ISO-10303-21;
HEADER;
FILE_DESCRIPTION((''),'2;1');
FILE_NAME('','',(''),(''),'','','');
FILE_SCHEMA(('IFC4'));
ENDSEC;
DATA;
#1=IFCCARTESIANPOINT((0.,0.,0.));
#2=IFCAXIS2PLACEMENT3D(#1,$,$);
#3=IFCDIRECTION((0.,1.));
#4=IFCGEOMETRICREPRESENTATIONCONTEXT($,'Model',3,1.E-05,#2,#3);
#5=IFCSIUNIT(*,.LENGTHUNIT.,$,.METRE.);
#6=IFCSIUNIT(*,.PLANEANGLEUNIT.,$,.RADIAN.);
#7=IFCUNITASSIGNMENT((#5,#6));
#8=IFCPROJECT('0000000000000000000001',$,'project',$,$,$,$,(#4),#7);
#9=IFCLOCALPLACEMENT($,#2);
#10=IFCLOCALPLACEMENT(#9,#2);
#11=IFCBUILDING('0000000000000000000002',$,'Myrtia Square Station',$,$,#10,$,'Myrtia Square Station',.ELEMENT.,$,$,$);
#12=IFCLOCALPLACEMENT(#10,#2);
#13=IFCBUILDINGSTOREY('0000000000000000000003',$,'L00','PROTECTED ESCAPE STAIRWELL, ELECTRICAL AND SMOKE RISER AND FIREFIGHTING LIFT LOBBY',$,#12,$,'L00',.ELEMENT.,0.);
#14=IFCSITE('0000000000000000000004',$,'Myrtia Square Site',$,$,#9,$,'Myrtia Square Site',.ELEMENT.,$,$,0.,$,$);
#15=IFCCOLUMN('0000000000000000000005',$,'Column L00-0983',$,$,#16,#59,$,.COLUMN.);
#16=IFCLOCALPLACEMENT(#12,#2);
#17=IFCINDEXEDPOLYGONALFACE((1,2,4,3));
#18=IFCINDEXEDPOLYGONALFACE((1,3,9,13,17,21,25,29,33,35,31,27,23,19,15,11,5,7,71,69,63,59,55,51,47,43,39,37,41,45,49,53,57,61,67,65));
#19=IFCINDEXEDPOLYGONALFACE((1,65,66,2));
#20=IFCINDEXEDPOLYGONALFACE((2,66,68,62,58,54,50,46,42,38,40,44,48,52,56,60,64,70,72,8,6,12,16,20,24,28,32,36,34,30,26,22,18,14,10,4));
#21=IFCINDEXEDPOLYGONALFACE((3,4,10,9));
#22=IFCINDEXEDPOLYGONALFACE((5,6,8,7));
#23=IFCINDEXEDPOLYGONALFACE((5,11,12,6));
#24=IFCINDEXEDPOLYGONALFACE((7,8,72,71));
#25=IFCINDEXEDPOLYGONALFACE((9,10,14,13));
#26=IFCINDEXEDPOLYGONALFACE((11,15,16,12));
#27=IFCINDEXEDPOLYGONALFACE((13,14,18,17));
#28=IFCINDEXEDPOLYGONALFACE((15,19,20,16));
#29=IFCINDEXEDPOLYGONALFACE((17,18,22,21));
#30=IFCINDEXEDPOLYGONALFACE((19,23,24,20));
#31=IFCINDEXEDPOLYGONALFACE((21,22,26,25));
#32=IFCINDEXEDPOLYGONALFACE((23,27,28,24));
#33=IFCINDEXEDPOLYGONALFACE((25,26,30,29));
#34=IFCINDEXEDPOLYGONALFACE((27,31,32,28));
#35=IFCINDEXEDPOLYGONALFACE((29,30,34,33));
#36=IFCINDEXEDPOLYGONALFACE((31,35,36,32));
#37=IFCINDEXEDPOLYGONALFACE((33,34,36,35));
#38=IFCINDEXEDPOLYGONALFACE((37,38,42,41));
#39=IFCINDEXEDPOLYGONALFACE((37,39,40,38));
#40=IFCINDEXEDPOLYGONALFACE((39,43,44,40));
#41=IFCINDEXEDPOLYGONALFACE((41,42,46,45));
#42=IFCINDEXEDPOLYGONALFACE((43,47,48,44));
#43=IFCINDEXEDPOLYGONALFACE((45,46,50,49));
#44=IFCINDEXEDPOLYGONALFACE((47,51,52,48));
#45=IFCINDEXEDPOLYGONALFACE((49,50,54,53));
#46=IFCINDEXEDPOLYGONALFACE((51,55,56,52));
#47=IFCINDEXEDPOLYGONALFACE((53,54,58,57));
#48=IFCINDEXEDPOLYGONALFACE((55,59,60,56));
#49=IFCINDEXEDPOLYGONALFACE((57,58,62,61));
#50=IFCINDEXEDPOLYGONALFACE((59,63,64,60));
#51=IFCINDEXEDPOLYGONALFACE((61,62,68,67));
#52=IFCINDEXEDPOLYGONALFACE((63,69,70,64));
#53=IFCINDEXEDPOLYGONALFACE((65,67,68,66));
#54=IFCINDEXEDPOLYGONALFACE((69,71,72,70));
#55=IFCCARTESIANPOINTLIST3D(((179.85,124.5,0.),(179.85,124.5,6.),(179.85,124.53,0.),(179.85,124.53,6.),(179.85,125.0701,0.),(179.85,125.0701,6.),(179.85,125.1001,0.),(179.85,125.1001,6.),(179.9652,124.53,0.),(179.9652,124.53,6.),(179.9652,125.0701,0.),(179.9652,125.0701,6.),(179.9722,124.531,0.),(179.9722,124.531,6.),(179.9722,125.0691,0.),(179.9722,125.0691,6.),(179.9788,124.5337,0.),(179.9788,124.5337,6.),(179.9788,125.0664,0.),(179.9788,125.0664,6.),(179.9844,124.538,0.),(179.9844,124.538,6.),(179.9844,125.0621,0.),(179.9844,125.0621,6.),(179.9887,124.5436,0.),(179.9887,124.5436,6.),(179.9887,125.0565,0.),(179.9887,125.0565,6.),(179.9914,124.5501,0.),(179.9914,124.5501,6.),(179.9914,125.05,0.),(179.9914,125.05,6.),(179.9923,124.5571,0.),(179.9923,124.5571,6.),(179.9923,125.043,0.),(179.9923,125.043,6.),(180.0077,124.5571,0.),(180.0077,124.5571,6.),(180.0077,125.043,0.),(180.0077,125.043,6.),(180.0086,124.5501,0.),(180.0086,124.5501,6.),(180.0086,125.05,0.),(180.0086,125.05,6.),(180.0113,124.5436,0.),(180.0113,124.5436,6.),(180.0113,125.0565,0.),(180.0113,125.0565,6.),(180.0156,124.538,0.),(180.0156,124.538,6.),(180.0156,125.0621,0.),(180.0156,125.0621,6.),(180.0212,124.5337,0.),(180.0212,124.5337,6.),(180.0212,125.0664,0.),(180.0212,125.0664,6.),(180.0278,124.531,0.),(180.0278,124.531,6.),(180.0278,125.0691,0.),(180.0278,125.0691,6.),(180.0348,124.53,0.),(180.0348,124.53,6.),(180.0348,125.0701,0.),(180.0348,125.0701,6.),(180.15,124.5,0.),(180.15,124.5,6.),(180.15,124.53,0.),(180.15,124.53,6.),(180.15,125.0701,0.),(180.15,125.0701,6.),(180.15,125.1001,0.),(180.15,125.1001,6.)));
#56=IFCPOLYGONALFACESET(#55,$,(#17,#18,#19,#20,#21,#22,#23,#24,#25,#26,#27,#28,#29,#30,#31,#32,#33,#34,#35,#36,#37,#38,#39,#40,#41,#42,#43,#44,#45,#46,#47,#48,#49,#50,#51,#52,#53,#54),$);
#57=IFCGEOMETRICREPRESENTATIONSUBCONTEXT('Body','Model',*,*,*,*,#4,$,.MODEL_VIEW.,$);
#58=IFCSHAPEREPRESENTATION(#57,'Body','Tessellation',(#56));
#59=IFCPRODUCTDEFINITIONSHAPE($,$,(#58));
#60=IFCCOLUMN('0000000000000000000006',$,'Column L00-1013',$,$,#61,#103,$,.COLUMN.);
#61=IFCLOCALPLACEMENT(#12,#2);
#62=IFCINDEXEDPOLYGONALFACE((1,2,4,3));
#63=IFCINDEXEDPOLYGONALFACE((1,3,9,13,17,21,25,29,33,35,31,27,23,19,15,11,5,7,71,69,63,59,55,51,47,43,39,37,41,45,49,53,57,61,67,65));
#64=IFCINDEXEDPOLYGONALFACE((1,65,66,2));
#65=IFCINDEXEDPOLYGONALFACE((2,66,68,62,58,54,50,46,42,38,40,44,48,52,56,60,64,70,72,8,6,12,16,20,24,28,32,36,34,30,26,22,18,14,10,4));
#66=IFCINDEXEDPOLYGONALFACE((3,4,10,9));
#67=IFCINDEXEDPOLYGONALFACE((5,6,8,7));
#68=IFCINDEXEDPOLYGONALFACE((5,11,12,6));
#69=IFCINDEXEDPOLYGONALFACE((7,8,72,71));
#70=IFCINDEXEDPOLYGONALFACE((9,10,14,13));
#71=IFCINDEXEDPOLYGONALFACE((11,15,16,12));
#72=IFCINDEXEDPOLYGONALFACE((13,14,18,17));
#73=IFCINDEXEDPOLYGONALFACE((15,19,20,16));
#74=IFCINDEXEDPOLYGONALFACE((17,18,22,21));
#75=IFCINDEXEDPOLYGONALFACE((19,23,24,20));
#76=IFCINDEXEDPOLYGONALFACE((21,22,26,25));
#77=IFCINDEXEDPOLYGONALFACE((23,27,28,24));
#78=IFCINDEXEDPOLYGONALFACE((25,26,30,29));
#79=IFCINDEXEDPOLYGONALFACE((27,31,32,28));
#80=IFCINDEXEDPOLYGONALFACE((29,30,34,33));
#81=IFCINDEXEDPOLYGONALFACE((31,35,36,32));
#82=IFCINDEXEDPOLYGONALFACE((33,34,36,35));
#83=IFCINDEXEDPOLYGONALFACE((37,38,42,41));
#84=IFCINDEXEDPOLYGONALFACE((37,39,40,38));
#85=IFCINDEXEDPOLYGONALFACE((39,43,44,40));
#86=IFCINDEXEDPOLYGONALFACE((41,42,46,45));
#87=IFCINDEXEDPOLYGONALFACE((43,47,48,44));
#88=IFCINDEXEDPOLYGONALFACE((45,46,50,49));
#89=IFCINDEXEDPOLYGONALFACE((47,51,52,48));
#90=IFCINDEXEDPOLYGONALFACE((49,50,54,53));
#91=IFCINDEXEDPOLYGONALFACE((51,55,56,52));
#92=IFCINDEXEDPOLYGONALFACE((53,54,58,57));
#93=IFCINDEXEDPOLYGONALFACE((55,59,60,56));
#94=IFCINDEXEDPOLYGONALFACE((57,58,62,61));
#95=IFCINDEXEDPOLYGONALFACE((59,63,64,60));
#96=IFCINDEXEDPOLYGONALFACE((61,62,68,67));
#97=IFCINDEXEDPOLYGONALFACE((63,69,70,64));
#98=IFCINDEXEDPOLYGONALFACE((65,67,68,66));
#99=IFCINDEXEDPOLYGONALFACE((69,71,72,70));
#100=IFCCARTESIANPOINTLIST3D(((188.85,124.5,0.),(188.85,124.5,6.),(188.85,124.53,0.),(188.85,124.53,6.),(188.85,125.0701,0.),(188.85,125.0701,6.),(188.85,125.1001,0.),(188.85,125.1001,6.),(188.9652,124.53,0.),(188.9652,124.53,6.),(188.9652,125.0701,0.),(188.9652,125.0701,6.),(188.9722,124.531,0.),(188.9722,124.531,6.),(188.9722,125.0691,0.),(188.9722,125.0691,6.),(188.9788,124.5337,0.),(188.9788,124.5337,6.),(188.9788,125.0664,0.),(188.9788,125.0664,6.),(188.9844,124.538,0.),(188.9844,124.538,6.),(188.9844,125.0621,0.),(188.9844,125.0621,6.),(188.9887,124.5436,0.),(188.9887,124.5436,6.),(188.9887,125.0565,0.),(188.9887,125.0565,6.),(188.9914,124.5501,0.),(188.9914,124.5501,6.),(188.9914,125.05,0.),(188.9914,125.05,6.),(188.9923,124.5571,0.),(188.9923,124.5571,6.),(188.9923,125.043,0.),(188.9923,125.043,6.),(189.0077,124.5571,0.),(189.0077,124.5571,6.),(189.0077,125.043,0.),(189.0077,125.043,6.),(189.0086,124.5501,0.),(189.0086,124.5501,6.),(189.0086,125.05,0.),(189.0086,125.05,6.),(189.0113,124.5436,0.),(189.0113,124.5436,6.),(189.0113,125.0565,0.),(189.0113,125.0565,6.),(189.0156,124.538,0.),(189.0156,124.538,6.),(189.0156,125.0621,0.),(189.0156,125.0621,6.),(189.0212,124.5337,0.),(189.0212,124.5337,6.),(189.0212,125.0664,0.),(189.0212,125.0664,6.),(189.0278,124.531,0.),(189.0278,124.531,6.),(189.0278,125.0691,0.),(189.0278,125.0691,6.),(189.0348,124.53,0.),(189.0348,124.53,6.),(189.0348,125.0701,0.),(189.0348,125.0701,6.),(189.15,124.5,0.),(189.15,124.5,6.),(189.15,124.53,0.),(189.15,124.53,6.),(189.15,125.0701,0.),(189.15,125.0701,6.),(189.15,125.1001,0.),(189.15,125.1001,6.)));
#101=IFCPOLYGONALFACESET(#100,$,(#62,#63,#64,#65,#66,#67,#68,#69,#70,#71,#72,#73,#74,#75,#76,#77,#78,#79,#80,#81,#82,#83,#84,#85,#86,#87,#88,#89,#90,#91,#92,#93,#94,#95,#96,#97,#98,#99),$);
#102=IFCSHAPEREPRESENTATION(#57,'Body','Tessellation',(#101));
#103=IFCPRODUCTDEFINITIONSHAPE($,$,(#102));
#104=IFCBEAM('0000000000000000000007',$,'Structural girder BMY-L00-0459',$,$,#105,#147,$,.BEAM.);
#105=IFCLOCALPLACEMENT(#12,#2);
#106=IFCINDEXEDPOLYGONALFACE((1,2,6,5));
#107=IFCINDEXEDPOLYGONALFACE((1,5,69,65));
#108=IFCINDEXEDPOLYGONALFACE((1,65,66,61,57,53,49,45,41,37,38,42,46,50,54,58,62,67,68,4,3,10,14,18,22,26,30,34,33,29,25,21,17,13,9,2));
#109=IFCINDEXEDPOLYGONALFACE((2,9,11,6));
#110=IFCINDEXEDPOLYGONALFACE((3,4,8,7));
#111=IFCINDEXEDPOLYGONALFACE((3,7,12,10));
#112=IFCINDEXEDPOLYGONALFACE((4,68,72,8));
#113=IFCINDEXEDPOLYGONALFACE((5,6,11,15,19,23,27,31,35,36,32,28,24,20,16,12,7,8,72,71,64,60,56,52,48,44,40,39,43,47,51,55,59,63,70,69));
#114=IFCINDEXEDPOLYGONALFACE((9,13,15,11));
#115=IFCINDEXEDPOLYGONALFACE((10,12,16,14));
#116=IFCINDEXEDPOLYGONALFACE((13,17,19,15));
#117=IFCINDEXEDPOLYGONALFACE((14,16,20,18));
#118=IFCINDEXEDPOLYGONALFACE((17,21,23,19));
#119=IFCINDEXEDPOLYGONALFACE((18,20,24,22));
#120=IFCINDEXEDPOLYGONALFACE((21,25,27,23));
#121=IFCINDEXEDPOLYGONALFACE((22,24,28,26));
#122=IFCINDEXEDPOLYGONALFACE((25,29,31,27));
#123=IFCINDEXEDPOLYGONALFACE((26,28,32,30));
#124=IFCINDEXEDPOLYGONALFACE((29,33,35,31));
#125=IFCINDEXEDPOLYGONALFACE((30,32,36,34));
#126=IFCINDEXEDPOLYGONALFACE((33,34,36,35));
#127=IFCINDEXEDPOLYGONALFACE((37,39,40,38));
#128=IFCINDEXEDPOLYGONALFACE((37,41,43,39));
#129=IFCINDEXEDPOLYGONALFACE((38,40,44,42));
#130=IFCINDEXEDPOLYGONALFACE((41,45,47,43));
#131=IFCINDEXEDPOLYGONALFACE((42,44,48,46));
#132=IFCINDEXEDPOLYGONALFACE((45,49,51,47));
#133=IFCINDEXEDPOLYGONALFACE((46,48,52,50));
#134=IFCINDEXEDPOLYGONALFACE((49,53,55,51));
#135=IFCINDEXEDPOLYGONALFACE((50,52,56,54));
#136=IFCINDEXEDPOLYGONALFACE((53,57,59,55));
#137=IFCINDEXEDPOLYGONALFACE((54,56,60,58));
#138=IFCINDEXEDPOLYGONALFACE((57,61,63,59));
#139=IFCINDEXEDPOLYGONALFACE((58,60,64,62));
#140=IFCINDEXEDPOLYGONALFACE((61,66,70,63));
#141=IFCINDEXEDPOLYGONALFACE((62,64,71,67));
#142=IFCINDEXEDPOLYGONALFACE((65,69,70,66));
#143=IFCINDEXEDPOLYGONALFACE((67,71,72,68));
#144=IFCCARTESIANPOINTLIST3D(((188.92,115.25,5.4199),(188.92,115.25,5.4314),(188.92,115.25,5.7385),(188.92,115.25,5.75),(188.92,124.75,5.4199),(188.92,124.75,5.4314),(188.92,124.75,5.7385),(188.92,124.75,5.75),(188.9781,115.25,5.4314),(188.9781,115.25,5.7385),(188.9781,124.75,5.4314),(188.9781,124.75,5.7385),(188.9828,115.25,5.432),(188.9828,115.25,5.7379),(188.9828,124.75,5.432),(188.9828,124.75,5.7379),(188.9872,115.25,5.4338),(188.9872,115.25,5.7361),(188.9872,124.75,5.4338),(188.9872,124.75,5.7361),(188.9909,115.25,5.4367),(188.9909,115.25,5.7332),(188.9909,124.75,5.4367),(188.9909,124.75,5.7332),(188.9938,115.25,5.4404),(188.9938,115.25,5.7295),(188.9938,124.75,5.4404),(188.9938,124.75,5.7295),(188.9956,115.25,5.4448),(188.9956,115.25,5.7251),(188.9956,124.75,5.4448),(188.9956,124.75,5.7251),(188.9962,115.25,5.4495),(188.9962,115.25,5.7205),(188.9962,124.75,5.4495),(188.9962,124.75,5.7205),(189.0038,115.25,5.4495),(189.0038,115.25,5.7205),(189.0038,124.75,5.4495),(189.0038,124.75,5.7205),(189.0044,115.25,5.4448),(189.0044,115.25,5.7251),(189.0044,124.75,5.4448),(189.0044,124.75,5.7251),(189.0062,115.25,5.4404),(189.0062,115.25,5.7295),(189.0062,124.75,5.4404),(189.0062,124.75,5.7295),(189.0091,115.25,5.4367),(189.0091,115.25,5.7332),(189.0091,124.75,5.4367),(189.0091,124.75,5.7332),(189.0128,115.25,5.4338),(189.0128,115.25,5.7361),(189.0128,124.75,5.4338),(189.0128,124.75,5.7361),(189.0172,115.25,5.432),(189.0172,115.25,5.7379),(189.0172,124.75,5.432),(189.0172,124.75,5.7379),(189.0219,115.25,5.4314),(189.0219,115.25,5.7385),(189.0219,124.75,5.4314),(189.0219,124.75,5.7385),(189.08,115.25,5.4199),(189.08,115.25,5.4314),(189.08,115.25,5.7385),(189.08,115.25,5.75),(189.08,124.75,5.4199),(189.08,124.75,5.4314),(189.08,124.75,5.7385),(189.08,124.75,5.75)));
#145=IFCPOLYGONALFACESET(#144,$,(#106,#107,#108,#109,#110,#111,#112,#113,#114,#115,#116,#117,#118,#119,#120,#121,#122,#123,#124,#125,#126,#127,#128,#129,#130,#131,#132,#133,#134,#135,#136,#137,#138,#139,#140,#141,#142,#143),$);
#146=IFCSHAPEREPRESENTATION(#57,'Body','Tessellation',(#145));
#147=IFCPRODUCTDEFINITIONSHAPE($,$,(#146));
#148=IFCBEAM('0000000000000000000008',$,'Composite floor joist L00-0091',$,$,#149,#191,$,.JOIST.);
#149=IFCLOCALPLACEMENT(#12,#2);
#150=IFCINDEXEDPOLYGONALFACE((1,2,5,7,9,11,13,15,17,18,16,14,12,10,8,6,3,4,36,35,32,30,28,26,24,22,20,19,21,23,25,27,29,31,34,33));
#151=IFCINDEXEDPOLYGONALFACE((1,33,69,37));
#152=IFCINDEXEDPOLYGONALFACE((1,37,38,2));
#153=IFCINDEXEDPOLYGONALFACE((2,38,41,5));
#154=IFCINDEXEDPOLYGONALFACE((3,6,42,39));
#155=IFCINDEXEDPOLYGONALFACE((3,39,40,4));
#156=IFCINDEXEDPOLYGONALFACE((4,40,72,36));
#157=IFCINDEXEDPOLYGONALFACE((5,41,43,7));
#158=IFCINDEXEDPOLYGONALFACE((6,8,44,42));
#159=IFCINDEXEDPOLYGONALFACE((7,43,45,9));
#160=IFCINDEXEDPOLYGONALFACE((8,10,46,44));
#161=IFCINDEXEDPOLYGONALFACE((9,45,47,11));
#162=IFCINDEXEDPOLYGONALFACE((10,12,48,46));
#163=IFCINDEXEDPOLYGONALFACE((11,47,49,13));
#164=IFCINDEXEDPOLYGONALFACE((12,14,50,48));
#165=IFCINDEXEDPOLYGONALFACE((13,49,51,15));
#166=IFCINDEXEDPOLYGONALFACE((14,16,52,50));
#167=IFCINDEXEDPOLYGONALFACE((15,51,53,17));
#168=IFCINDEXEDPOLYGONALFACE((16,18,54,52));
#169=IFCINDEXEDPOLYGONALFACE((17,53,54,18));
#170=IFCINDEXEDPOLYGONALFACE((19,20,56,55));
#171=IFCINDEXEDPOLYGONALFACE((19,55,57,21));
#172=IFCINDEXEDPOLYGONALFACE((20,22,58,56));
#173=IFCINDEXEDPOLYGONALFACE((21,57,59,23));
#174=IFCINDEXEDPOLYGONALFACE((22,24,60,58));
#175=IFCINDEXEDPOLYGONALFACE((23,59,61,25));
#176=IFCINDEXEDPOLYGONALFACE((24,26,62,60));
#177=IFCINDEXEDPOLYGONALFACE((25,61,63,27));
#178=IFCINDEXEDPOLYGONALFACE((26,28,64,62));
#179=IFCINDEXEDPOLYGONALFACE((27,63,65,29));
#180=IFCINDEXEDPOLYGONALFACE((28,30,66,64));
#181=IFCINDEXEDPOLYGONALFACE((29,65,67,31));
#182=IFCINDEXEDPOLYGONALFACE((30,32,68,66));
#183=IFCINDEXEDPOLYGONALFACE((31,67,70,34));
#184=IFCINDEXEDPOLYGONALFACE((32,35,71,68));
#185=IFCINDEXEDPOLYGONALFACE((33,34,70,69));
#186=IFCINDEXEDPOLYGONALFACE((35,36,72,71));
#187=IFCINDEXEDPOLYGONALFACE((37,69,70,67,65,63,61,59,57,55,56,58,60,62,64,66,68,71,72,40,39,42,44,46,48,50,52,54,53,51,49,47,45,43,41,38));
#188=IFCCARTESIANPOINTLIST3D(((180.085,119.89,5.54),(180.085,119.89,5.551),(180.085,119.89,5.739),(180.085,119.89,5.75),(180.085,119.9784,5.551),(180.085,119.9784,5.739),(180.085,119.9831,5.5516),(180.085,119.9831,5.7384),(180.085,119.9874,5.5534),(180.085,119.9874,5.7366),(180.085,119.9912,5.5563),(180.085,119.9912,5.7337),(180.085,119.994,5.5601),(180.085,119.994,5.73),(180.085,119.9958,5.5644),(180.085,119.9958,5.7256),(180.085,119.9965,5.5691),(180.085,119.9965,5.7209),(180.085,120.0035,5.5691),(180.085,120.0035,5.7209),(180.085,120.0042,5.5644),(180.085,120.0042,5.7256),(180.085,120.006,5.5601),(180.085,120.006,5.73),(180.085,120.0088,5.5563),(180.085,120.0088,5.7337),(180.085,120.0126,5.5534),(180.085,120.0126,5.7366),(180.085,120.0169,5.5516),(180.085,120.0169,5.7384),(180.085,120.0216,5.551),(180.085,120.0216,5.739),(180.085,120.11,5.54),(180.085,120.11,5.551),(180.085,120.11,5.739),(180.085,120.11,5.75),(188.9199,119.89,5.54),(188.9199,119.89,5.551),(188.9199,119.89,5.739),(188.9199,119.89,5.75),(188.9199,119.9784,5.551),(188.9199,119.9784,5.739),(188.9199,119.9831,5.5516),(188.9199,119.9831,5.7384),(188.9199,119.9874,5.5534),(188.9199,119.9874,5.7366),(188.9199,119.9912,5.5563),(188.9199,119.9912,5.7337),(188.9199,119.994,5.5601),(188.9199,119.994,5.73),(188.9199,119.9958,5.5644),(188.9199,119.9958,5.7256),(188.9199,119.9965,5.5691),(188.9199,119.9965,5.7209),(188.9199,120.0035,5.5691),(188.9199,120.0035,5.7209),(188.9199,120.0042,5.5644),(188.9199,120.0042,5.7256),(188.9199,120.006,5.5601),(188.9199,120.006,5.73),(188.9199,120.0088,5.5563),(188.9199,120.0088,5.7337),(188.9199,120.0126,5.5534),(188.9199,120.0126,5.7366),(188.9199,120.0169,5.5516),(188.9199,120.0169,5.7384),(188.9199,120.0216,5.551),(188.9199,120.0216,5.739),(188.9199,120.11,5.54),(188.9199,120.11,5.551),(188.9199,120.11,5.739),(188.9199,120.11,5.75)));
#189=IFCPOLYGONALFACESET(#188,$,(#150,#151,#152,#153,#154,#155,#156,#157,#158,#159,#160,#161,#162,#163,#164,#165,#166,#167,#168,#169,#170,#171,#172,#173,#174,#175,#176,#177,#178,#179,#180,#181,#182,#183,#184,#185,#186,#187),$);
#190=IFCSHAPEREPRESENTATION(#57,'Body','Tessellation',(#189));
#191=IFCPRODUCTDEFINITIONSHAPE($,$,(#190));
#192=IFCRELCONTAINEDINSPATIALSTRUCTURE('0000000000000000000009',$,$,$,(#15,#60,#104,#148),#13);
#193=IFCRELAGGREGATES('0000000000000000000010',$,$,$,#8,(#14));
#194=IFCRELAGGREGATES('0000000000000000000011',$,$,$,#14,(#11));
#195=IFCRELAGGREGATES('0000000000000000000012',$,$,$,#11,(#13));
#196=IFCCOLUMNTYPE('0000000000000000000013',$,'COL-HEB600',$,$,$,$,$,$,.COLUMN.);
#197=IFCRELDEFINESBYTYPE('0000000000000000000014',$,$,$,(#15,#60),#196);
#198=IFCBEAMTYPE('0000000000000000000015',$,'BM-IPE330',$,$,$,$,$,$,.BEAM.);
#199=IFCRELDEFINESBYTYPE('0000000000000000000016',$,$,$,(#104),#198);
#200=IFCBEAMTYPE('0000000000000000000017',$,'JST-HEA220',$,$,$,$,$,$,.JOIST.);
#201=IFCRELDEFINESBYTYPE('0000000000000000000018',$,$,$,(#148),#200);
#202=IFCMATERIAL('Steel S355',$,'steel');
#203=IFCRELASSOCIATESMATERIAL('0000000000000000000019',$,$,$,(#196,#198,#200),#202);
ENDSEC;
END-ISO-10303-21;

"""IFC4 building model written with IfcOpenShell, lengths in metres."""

from ifc_helpers import new_model, si_unit, direction, frame, origin, origin_2d, place, context, subcontext, project, spatial, i_section, extrude, material, material_profile, profile_set, type_object, element, save


model = new_model("IFC4")

# Units and contexts
model_context = context("Model", 3, precision=1e-05, world=origin(), true_north=direction((0.0, 1.0)))
body_context = subcontext(model_context, "Body", "Model", "MODEL_VIEW")
ifc_project = project(units=[si_unit("LENGTHUNIT", "METRE"), si_unit("PLANEANGLEUNIT", "RADIAN")], contexts=[model_context])

# Site, building, storey
site_placement = place(None, origin())
site = spatial("IfcSite", under=ifc_project, at=site_placement, Name="Myrtia Square Site", LongName="Myrtia Square Site", CompositionType="ELEMENT", RefElevation=0.0)
building_placement = place(site_placement, origin())
building = spatial("IfcBuilding", under=site, at=building_placement, Name="Myrtia Square Station", LongName="Myrtia Square Station", CompositionType="ELEMENT")
storey_placement = place(building_placement, origin())
storey = spatial("IfcBuildingStorey", under=building, at=storey_placement, Name="L00", Description="PROTECTED ESCAPE STAIRWELL, ELECTRICAL AND SMOKE RISER AND FIREFIGHTING LIFT LOBBY", LongName="L00", CompositionType="ELEMENT", Elevation=0.0)

# Columns
ifc_material_1 = material(Name="Steel S355", Category="steel")
ifc_material_profile_1 = material_profile(ifc_material_1, i_section(OverallWidth=0.3, OverallDepth=0.6001, WebThickness=0.0154, FlangeThickness=0.03, FilletRadius=0.0271, at=origin_2d()), Name="HEB 600")
ifc_profile_set_1 = profile_set([ifc_material_profile_1], Name="Steel S355")
column_type = type_object("IfcColumnType", Name="COL-HEB600", PredefinedType="COLUMN", material=ifc_profile_set_1)
for number, where, z_axis, x_axis, name in (
    (1, (180.0, 124.8, 0.0), (0.0, 0.0, 1.0), (1.0, 0.0, 0.0), "Column L00-0983"),
    (2, (189.0, 124.8, 0.0), (0.0, 0.0, 1.0), (1.0, 0.0, 0.0), "Column L00-1013"),
):
    element("IfcColumn", number, at=place(storey_placement, frame(where, z_axis=z_axis, x_axis=x_axis)), inside=storey, type_object=column_type, Name=name, PredefinedType="COLUMN", context=body_context, shape_type="SweptSolid", body=[
        extrude(i_section(OverallWidth=0.3, OverallDepth=0.6001, WebThickness=0.0154, FlangeThickness=0.03, FilletRadius=0.0271, at=origin_2d()), origin(), (0.0, 0.0, 1.0), 6.0),
    ])

# Beams
ifc_material_profile_2 = material_profile(ifc_material_1, i_section(OverallWidth=0.1599, OverallDepth=0.3301, WebThickness=0.0076, FlangeThickness=0.0115, FilletRadius=0.0181, at=origin_2d()), Name="IPE 330")
ifc_profile_set_2 = profile_set([ifc_material_profile_2], Name="Steel S355")
beam_type_1 = type_object("IfcBeamType", Name="BM-IPE330", PredefinedType="BEAM", material=ifc_profile_set_2)
beam_1_placement = place(storey_placement, frame((189.0, 115.25, 5.585), z_axis=(0.0, 1.0, 0.0), x_axis=(-1.0, 0.0, 0.0)))
element("IfcBeam", 3, at=beam_1_placement, inside=storey, type_object=beam_type_1, Name="Structural girder BMY-L00-0459", PredefinedType="BEAM", context=body_context, shape_type="SweptSolid", body=[
    extrude(i_section(OverallWidth=0.1599, OverallDepth=0.3301, WebThickness=0.0076, FlangeThickness=0.0115, FilletRadius=0.0181, at=origin_2d()), origin(), (0.0, 0.0, 1.0), 9.5),
])
ifc_material_profile_3 = material_profile(ifc_material_1, i_section(OverallWidth=0.22, OverallDepth=0.21, WebThickness=0.0071, FlangeThickness=0.011, FilletRadius=0.0181, at=origin_2d()), Name="HEA 220")
ifc_profile_set_3 = profile_set([ifc_material_profile_3], Name="Steel S355")
beam_type_2 = type_object("IfcBeamType", Name="JST-HEA220", PredefinedType="JOIST", material=ifc_profile_set_3)
beam_2_placement = place(storey_placement, frame((180.085, 120.0, 5.645), z_axis=(1.0, 0.0, 0.0), x_axis=(0.0, 1.0, 0.0)))
element("IfcBeam", 4, at=beam_2_placement, inside=storey, type_object=beam_type_2, Name="Composite floor joist L00-0091", PredefinedType="JOIST", context=body_context, shape_type="SweptSolid", body=[
    extrude(i_section(OverallWidth=0.22, OverallDepth=0.21, WebThickness=0.0071, FlangeThickness=0.011, FilletRadius=0.0181, at=origin_2d()), origin(), (0.0, 0.0, 1.0), 8.835),
])

save(model, "model.ifc")
